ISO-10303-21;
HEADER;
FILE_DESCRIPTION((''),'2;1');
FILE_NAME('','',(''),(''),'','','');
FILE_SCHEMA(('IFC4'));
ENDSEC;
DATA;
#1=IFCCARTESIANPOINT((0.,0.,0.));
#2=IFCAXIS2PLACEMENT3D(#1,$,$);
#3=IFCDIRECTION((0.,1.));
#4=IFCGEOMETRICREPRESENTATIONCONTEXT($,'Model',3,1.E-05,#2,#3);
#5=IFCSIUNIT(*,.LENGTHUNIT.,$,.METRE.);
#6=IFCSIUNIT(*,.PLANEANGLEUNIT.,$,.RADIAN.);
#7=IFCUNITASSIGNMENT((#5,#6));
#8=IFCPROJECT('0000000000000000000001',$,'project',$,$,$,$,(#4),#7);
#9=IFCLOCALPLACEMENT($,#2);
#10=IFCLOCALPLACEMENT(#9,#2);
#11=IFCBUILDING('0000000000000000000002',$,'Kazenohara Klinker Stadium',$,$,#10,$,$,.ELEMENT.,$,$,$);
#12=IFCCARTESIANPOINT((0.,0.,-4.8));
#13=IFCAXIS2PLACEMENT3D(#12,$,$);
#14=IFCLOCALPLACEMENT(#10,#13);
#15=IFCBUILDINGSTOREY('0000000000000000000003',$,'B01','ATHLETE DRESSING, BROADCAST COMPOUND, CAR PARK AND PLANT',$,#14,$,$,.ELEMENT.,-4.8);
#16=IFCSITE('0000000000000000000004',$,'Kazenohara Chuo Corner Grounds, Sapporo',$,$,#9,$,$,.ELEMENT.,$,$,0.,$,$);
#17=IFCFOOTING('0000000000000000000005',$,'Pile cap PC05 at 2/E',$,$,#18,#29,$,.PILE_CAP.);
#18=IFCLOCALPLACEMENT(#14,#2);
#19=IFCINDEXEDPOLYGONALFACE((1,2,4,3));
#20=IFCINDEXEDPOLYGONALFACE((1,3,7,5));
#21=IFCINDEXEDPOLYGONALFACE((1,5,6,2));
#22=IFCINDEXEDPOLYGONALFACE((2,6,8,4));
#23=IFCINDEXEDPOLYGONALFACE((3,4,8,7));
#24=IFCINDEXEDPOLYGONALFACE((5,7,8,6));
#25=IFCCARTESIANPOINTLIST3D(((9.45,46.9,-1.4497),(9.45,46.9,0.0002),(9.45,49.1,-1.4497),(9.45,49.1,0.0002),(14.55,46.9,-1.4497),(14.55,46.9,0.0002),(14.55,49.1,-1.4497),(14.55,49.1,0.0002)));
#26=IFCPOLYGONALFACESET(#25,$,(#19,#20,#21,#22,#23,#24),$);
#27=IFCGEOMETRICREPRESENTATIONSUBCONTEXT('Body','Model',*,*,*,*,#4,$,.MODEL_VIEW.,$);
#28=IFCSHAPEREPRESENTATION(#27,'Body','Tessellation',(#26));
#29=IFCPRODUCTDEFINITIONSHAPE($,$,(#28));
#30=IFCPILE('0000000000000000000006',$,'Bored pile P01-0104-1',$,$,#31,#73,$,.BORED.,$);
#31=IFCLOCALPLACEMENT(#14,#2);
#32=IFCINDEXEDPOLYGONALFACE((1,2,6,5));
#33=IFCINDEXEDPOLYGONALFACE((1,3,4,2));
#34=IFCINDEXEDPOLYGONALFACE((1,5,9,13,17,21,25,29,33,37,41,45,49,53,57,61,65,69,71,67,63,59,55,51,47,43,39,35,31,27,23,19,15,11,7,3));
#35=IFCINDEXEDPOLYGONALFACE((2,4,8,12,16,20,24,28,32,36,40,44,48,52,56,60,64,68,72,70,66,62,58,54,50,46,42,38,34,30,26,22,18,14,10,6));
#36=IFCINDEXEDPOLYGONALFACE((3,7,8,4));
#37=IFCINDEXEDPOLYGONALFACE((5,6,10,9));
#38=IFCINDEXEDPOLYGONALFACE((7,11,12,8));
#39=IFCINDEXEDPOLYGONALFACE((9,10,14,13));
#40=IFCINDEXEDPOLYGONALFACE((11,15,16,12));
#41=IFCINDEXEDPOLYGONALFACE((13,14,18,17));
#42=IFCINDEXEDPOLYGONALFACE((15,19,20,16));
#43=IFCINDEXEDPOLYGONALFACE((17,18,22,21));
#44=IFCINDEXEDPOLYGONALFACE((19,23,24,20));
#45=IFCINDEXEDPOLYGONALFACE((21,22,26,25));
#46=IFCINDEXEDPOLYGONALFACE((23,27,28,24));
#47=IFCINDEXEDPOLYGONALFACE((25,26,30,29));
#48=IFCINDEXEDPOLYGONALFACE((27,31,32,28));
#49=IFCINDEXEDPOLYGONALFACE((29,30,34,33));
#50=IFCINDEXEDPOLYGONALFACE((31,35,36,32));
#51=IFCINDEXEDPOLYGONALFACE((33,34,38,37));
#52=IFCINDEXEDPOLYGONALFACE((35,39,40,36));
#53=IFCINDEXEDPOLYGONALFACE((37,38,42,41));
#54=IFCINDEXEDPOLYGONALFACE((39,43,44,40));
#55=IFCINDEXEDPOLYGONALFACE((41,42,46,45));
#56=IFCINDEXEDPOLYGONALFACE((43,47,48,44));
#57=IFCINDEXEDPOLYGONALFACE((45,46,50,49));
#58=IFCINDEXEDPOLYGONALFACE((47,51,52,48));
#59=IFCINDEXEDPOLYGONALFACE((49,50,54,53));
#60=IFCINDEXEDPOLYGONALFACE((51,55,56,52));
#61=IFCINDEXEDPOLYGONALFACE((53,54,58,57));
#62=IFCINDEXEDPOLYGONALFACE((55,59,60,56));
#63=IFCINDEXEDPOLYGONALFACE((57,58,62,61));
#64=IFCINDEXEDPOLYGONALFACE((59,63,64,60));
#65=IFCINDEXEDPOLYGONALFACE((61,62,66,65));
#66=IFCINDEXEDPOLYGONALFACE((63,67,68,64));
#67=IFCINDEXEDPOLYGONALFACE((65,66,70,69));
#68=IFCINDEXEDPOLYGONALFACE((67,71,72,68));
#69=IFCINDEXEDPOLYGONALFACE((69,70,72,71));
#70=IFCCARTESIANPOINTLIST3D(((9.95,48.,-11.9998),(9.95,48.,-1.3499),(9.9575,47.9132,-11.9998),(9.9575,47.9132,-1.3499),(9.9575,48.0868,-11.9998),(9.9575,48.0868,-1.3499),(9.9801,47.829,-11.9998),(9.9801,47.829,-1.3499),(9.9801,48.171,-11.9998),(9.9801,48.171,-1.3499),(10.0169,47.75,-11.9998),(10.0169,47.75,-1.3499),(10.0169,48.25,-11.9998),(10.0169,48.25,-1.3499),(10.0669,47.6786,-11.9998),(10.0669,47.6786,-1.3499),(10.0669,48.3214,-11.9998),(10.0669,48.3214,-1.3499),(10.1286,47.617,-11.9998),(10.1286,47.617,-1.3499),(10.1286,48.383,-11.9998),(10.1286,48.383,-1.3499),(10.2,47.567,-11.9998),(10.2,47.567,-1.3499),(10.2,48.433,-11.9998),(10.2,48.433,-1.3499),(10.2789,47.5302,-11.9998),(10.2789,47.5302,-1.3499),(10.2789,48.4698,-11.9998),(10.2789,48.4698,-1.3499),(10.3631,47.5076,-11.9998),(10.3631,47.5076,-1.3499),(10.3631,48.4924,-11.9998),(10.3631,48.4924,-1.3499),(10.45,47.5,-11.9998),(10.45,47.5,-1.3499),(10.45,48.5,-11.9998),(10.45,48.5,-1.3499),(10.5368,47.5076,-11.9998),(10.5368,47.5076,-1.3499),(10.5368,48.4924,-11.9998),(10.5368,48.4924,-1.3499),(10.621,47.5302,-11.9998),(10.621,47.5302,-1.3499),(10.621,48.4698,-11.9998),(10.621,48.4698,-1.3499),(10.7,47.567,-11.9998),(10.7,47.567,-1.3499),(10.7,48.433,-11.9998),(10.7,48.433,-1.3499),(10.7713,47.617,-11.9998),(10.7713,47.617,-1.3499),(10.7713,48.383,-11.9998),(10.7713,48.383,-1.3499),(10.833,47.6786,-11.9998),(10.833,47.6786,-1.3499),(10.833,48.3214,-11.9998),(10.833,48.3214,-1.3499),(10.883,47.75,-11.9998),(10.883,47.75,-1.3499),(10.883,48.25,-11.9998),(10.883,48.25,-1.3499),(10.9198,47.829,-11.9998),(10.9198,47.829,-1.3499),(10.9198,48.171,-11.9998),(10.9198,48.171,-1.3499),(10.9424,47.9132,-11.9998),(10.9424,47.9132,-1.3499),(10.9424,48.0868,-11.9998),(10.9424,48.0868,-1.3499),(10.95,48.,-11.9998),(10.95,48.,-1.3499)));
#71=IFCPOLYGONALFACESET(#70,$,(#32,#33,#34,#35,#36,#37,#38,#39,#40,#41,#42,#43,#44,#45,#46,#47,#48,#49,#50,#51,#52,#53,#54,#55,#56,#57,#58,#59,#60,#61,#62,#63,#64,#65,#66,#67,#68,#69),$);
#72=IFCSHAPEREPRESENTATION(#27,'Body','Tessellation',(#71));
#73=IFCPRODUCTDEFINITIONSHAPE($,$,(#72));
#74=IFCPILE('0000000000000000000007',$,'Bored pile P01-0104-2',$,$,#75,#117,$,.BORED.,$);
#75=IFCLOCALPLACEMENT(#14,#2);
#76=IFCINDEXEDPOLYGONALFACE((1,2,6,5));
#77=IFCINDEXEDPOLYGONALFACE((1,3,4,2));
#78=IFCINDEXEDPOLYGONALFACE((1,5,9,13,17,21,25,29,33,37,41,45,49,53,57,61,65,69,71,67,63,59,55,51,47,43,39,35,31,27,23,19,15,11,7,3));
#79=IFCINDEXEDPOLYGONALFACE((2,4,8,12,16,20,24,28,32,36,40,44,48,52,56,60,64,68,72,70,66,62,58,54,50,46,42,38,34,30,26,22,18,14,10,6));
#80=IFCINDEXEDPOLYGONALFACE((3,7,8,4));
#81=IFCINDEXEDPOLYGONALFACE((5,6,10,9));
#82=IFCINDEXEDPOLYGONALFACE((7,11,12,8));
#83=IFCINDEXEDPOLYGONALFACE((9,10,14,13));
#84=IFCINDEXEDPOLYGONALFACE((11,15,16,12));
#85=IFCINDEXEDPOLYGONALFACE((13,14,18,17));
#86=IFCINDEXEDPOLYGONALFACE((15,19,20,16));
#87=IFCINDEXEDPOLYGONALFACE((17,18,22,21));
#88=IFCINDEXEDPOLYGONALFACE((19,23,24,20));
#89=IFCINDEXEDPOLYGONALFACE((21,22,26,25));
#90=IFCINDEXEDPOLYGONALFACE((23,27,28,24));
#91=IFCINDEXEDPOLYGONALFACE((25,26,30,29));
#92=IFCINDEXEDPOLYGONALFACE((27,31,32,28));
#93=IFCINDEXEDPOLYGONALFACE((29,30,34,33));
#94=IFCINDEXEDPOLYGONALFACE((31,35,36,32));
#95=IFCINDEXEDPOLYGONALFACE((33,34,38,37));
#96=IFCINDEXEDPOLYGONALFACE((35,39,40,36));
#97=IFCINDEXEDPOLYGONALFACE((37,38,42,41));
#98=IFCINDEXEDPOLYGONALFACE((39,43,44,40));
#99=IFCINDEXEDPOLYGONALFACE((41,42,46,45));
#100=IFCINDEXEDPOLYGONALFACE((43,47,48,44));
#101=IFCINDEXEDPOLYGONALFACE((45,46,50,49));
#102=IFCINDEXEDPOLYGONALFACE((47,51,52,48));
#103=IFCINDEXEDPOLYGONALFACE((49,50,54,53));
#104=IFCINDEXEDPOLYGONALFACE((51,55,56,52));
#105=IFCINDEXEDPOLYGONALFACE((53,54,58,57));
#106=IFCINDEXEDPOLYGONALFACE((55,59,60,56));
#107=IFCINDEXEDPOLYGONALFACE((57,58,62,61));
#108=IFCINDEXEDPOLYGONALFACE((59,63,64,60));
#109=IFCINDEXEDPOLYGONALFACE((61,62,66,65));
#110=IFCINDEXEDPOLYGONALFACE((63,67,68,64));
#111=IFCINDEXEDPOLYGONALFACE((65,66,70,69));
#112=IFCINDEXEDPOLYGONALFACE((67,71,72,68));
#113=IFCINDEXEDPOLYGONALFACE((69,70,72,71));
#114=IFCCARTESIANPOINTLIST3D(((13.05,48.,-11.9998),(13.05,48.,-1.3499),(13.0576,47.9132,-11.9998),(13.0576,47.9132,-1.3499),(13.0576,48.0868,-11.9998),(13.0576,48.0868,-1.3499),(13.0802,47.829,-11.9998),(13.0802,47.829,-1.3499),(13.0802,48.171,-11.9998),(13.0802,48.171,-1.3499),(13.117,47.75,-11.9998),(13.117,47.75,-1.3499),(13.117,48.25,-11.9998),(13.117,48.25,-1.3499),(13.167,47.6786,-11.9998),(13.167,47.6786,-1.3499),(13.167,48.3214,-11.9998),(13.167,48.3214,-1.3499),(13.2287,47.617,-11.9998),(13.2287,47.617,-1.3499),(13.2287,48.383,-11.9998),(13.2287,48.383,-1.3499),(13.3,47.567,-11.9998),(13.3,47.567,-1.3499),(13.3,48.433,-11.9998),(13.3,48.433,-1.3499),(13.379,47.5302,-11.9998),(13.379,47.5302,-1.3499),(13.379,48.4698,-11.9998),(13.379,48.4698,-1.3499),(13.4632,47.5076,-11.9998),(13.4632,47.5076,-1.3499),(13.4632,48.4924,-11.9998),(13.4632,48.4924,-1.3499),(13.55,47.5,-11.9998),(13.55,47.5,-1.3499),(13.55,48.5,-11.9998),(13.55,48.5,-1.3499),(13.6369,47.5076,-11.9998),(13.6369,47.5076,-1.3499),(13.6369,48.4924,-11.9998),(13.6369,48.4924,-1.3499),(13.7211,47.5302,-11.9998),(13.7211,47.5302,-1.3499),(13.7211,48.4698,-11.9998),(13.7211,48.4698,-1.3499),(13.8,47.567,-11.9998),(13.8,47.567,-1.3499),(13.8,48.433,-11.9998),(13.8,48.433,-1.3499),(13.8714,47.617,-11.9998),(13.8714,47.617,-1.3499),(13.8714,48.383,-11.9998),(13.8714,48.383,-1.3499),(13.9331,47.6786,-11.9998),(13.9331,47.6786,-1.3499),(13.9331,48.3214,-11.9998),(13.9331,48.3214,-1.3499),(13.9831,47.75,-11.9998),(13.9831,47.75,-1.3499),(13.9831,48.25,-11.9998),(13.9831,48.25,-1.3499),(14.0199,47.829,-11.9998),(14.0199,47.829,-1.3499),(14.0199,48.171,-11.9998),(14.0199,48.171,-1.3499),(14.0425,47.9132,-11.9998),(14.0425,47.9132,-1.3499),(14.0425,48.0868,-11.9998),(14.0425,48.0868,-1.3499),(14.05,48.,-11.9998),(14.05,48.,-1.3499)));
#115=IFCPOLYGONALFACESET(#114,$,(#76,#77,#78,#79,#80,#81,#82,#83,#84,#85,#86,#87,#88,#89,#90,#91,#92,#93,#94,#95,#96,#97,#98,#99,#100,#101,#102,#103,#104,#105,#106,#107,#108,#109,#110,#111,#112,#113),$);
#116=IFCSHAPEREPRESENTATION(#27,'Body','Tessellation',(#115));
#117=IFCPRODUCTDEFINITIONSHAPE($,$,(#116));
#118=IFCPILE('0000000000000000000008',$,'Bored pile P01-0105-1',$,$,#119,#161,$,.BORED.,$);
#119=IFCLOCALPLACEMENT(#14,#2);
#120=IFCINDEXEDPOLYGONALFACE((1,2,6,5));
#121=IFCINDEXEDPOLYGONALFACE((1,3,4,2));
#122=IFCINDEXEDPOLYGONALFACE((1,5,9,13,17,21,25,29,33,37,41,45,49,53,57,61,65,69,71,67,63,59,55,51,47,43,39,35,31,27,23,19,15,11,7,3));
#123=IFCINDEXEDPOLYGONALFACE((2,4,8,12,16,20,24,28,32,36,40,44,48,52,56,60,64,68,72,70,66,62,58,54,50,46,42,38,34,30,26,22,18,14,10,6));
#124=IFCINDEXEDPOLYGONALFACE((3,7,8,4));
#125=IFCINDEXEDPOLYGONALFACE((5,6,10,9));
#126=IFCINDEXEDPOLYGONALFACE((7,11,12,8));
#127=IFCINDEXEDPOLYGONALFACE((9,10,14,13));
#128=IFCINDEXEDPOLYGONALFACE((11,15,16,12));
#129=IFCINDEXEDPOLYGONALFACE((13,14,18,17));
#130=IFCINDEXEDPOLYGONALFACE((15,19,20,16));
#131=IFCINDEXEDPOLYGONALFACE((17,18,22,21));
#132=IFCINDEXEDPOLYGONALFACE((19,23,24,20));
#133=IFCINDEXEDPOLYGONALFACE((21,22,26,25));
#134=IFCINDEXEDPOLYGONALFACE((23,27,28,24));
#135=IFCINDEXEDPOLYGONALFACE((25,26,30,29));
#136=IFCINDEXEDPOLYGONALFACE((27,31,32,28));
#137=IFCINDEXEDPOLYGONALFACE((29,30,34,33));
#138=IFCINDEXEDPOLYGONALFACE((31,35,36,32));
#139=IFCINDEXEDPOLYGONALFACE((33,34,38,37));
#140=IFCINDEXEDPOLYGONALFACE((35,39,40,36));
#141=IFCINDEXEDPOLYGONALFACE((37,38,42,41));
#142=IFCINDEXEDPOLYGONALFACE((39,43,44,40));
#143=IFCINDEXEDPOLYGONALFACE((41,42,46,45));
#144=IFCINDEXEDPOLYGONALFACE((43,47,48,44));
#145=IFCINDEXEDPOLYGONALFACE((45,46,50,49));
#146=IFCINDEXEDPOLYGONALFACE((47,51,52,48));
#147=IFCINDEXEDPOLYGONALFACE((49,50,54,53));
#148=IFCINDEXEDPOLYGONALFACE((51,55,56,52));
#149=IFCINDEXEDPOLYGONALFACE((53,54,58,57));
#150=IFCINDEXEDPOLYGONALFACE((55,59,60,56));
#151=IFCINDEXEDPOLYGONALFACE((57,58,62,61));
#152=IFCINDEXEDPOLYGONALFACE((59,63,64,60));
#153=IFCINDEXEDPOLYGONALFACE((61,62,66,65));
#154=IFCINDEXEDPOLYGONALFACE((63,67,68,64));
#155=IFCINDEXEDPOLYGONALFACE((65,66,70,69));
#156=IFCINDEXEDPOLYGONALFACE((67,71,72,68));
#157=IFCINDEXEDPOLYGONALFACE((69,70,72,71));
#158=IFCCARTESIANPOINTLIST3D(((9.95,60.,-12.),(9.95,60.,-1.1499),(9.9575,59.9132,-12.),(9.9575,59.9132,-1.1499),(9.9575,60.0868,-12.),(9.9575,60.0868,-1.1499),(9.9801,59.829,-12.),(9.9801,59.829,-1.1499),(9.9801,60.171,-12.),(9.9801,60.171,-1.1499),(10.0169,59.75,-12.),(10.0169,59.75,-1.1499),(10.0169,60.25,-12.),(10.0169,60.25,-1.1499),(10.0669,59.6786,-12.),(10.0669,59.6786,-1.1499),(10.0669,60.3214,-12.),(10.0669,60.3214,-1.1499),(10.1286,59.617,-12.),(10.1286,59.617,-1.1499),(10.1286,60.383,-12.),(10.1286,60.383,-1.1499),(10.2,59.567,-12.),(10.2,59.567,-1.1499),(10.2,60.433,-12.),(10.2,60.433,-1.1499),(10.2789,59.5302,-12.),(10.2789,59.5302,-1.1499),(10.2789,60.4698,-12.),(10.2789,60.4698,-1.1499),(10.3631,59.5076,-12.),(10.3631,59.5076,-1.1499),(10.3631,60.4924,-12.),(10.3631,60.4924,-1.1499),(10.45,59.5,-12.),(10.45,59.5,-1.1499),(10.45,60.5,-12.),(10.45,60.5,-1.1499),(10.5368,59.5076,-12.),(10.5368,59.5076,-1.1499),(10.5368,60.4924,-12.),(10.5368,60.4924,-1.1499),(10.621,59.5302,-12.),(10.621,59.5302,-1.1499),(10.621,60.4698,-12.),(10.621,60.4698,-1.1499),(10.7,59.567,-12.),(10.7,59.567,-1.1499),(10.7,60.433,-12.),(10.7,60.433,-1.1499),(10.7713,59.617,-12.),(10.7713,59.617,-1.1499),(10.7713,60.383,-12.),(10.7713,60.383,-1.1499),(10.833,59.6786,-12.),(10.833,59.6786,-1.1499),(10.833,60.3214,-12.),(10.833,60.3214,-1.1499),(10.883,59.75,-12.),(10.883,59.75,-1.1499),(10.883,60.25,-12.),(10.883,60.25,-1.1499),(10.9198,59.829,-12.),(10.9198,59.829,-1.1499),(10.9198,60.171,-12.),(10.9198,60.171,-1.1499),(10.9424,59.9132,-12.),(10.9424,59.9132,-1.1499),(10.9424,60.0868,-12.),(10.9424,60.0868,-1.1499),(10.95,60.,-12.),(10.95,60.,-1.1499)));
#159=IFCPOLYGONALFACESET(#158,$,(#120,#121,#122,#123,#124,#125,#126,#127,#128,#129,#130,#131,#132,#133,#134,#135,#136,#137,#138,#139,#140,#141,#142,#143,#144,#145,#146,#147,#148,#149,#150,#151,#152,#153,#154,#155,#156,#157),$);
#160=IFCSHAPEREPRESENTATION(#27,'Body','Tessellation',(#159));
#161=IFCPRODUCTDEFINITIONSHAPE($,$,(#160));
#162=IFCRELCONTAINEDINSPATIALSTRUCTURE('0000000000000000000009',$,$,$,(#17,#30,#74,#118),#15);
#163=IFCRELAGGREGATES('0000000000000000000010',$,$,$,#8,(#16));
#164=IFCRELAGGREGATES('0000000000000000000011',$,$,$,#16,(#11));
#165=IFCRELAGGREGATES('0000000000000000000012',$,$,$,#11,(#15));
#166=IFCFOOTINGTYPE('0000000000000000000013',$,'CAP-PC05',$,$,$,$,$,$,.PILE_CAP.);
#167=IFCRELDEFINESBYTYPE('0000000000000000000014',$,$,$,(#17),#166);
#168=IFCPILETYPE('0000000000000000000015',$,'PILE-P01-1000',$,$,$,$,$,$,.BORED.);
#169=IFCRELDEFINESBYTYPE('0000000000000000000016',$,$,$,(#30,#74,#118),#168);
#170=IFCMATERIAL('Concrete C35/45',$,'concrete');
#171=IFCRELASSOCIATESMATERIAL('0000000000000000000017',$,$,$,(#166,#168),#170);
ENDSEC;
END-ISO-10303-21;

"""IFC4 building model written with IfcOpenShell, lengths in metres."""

from ifc_helpers import new_model, si_unit, direction, frame, origin, origin_2d, place, context, subcontext, project, spatial, rectangle, circle, extrude, material, material_profile, profile_set, type_object, element, save


model = new_model("IFC4")

# Units and contexts
model_context = context("Model", 3, precision=1e-05, world=origin(), true_north=direction((0.0, 1.0)))
body_context = subcontext(model_context, "Body", "Model", "MODEL_VIEW")
ifc_project = project(units=[si_unit("LENGTHUNIT", "METRE"), si_unit("PLANEANGLEUNIT", "RADIAN")], contexts=[model_context])

# Site, building, storey
site_placement = place(None, origin())
site = spatial("IfcSite", under=ifc_project, at=site_placement, Name="Kazenohara Chuo Corner Grounds, Sapporo", CompositionType="ELEMENT", RefElevation=0.0)
building_placement = place(site_placement, origin())
building = spatial("IfcBuilding", under=site, at=building_placement, Name="Kazenohara Klinker Stadium", CompositionType="ELEMENT")
storey_placement = place(building_placement, frame((0.0, 0.0, -4.8)))
storey = spatial("IfcBuildingStorey", under=building, at=storey_placement, Name="B01", Description="ATHLETE DRESSING, BROADCAST COMPOUND, CAR PARK AND PLANT", CompositionType="ELEMENT", Elevation=-4.8)

# Footing
ifc_material_1 = material(Name="Concrete C35/45", Category="concrete")
footing_type = type_object("IfcFootingType", Name="CAP-PC05", PredefinedType="PILE_CAP", material=ifc_material_1)
footing_placement = place(storey_placement, frame((12.0, 48.0, -1.4497), z_axis=(0.0, 0.0, 1.0), x_axis=(1.0, 0.0, 0.0)))
element("IfcFooting", 1, at=footing_placement, inside=storey, type_object=footing_type, Name="Pile cap PC05 at 2/E", PredefinedType="PILE_CAP", context=body_context, shape_type="SweptSolid", body=[
    extrude(rectangle(XDim=5.1001, YDim=2.2, at=origin_2d()), origin(), (0.0, 0.0, 1.0), 1.45),
])

# Piles
ifc_material_profile_1 = material_profile(ifc_material_1, circle(Radius=0.5, at=origin_2d()), Name="BORED-PILE-1000")
ifc_profile_set_1 = profile_set([ifc_material_profile_1], Name="Concrete C35/45")
pile_type_1 = type_object("IfcPileType", Name="PILE-P01-1000", PredefinedType="BORED", material=ifc_profile_set_1)
for number, where, z_axis, x_axis, name in (
    (2, (10.45, 48.0, -1.3499), (0.0, 0.0, -1.0), (1.0, 0.0, 0.0), "Bored pile P01-0104-1"),
    (3, (13.55, 48.0, -1.3499), (0.0, 0.0, -1.0), (1.0, 0.0, 0.0), "Bored pile P01-0104-2"),
):
    element("IfcPile", number, at=place(storey_placement, frame(where, z_axis=z_axis, x_axis=x_axis)), inside=storey, type_object=pile_type_1, Name=name, PredefinedType="BORED", context=body_context, shape_type="SweptSolid", body=[
        extrude(circle(Radius=0.5, at=origin_2d()), origin(), (0.0, 0.0, 1.0), 10.6499),
    ])
pile_placement = place(storey_placement, frame((10.45, 60.0, -1.1499), z_axis=(0.0, 0.0, -1.0), x_axis=(1.0, 0.0, 0.0)))
element("IfcPile", 4, at=pile_placement, inside=storey, type_object=pile_type_1, Name="Bored pile P01-0105-1", PredefinedType="BORED", context=body_context, shape_type="SweptSolid", body=[
    extrude(circle(Radius=0.5, at=origin_2d()), origin(), (0.0, 0.0, 1.0), 10.8501),
])

save(model, "model.ifc")
